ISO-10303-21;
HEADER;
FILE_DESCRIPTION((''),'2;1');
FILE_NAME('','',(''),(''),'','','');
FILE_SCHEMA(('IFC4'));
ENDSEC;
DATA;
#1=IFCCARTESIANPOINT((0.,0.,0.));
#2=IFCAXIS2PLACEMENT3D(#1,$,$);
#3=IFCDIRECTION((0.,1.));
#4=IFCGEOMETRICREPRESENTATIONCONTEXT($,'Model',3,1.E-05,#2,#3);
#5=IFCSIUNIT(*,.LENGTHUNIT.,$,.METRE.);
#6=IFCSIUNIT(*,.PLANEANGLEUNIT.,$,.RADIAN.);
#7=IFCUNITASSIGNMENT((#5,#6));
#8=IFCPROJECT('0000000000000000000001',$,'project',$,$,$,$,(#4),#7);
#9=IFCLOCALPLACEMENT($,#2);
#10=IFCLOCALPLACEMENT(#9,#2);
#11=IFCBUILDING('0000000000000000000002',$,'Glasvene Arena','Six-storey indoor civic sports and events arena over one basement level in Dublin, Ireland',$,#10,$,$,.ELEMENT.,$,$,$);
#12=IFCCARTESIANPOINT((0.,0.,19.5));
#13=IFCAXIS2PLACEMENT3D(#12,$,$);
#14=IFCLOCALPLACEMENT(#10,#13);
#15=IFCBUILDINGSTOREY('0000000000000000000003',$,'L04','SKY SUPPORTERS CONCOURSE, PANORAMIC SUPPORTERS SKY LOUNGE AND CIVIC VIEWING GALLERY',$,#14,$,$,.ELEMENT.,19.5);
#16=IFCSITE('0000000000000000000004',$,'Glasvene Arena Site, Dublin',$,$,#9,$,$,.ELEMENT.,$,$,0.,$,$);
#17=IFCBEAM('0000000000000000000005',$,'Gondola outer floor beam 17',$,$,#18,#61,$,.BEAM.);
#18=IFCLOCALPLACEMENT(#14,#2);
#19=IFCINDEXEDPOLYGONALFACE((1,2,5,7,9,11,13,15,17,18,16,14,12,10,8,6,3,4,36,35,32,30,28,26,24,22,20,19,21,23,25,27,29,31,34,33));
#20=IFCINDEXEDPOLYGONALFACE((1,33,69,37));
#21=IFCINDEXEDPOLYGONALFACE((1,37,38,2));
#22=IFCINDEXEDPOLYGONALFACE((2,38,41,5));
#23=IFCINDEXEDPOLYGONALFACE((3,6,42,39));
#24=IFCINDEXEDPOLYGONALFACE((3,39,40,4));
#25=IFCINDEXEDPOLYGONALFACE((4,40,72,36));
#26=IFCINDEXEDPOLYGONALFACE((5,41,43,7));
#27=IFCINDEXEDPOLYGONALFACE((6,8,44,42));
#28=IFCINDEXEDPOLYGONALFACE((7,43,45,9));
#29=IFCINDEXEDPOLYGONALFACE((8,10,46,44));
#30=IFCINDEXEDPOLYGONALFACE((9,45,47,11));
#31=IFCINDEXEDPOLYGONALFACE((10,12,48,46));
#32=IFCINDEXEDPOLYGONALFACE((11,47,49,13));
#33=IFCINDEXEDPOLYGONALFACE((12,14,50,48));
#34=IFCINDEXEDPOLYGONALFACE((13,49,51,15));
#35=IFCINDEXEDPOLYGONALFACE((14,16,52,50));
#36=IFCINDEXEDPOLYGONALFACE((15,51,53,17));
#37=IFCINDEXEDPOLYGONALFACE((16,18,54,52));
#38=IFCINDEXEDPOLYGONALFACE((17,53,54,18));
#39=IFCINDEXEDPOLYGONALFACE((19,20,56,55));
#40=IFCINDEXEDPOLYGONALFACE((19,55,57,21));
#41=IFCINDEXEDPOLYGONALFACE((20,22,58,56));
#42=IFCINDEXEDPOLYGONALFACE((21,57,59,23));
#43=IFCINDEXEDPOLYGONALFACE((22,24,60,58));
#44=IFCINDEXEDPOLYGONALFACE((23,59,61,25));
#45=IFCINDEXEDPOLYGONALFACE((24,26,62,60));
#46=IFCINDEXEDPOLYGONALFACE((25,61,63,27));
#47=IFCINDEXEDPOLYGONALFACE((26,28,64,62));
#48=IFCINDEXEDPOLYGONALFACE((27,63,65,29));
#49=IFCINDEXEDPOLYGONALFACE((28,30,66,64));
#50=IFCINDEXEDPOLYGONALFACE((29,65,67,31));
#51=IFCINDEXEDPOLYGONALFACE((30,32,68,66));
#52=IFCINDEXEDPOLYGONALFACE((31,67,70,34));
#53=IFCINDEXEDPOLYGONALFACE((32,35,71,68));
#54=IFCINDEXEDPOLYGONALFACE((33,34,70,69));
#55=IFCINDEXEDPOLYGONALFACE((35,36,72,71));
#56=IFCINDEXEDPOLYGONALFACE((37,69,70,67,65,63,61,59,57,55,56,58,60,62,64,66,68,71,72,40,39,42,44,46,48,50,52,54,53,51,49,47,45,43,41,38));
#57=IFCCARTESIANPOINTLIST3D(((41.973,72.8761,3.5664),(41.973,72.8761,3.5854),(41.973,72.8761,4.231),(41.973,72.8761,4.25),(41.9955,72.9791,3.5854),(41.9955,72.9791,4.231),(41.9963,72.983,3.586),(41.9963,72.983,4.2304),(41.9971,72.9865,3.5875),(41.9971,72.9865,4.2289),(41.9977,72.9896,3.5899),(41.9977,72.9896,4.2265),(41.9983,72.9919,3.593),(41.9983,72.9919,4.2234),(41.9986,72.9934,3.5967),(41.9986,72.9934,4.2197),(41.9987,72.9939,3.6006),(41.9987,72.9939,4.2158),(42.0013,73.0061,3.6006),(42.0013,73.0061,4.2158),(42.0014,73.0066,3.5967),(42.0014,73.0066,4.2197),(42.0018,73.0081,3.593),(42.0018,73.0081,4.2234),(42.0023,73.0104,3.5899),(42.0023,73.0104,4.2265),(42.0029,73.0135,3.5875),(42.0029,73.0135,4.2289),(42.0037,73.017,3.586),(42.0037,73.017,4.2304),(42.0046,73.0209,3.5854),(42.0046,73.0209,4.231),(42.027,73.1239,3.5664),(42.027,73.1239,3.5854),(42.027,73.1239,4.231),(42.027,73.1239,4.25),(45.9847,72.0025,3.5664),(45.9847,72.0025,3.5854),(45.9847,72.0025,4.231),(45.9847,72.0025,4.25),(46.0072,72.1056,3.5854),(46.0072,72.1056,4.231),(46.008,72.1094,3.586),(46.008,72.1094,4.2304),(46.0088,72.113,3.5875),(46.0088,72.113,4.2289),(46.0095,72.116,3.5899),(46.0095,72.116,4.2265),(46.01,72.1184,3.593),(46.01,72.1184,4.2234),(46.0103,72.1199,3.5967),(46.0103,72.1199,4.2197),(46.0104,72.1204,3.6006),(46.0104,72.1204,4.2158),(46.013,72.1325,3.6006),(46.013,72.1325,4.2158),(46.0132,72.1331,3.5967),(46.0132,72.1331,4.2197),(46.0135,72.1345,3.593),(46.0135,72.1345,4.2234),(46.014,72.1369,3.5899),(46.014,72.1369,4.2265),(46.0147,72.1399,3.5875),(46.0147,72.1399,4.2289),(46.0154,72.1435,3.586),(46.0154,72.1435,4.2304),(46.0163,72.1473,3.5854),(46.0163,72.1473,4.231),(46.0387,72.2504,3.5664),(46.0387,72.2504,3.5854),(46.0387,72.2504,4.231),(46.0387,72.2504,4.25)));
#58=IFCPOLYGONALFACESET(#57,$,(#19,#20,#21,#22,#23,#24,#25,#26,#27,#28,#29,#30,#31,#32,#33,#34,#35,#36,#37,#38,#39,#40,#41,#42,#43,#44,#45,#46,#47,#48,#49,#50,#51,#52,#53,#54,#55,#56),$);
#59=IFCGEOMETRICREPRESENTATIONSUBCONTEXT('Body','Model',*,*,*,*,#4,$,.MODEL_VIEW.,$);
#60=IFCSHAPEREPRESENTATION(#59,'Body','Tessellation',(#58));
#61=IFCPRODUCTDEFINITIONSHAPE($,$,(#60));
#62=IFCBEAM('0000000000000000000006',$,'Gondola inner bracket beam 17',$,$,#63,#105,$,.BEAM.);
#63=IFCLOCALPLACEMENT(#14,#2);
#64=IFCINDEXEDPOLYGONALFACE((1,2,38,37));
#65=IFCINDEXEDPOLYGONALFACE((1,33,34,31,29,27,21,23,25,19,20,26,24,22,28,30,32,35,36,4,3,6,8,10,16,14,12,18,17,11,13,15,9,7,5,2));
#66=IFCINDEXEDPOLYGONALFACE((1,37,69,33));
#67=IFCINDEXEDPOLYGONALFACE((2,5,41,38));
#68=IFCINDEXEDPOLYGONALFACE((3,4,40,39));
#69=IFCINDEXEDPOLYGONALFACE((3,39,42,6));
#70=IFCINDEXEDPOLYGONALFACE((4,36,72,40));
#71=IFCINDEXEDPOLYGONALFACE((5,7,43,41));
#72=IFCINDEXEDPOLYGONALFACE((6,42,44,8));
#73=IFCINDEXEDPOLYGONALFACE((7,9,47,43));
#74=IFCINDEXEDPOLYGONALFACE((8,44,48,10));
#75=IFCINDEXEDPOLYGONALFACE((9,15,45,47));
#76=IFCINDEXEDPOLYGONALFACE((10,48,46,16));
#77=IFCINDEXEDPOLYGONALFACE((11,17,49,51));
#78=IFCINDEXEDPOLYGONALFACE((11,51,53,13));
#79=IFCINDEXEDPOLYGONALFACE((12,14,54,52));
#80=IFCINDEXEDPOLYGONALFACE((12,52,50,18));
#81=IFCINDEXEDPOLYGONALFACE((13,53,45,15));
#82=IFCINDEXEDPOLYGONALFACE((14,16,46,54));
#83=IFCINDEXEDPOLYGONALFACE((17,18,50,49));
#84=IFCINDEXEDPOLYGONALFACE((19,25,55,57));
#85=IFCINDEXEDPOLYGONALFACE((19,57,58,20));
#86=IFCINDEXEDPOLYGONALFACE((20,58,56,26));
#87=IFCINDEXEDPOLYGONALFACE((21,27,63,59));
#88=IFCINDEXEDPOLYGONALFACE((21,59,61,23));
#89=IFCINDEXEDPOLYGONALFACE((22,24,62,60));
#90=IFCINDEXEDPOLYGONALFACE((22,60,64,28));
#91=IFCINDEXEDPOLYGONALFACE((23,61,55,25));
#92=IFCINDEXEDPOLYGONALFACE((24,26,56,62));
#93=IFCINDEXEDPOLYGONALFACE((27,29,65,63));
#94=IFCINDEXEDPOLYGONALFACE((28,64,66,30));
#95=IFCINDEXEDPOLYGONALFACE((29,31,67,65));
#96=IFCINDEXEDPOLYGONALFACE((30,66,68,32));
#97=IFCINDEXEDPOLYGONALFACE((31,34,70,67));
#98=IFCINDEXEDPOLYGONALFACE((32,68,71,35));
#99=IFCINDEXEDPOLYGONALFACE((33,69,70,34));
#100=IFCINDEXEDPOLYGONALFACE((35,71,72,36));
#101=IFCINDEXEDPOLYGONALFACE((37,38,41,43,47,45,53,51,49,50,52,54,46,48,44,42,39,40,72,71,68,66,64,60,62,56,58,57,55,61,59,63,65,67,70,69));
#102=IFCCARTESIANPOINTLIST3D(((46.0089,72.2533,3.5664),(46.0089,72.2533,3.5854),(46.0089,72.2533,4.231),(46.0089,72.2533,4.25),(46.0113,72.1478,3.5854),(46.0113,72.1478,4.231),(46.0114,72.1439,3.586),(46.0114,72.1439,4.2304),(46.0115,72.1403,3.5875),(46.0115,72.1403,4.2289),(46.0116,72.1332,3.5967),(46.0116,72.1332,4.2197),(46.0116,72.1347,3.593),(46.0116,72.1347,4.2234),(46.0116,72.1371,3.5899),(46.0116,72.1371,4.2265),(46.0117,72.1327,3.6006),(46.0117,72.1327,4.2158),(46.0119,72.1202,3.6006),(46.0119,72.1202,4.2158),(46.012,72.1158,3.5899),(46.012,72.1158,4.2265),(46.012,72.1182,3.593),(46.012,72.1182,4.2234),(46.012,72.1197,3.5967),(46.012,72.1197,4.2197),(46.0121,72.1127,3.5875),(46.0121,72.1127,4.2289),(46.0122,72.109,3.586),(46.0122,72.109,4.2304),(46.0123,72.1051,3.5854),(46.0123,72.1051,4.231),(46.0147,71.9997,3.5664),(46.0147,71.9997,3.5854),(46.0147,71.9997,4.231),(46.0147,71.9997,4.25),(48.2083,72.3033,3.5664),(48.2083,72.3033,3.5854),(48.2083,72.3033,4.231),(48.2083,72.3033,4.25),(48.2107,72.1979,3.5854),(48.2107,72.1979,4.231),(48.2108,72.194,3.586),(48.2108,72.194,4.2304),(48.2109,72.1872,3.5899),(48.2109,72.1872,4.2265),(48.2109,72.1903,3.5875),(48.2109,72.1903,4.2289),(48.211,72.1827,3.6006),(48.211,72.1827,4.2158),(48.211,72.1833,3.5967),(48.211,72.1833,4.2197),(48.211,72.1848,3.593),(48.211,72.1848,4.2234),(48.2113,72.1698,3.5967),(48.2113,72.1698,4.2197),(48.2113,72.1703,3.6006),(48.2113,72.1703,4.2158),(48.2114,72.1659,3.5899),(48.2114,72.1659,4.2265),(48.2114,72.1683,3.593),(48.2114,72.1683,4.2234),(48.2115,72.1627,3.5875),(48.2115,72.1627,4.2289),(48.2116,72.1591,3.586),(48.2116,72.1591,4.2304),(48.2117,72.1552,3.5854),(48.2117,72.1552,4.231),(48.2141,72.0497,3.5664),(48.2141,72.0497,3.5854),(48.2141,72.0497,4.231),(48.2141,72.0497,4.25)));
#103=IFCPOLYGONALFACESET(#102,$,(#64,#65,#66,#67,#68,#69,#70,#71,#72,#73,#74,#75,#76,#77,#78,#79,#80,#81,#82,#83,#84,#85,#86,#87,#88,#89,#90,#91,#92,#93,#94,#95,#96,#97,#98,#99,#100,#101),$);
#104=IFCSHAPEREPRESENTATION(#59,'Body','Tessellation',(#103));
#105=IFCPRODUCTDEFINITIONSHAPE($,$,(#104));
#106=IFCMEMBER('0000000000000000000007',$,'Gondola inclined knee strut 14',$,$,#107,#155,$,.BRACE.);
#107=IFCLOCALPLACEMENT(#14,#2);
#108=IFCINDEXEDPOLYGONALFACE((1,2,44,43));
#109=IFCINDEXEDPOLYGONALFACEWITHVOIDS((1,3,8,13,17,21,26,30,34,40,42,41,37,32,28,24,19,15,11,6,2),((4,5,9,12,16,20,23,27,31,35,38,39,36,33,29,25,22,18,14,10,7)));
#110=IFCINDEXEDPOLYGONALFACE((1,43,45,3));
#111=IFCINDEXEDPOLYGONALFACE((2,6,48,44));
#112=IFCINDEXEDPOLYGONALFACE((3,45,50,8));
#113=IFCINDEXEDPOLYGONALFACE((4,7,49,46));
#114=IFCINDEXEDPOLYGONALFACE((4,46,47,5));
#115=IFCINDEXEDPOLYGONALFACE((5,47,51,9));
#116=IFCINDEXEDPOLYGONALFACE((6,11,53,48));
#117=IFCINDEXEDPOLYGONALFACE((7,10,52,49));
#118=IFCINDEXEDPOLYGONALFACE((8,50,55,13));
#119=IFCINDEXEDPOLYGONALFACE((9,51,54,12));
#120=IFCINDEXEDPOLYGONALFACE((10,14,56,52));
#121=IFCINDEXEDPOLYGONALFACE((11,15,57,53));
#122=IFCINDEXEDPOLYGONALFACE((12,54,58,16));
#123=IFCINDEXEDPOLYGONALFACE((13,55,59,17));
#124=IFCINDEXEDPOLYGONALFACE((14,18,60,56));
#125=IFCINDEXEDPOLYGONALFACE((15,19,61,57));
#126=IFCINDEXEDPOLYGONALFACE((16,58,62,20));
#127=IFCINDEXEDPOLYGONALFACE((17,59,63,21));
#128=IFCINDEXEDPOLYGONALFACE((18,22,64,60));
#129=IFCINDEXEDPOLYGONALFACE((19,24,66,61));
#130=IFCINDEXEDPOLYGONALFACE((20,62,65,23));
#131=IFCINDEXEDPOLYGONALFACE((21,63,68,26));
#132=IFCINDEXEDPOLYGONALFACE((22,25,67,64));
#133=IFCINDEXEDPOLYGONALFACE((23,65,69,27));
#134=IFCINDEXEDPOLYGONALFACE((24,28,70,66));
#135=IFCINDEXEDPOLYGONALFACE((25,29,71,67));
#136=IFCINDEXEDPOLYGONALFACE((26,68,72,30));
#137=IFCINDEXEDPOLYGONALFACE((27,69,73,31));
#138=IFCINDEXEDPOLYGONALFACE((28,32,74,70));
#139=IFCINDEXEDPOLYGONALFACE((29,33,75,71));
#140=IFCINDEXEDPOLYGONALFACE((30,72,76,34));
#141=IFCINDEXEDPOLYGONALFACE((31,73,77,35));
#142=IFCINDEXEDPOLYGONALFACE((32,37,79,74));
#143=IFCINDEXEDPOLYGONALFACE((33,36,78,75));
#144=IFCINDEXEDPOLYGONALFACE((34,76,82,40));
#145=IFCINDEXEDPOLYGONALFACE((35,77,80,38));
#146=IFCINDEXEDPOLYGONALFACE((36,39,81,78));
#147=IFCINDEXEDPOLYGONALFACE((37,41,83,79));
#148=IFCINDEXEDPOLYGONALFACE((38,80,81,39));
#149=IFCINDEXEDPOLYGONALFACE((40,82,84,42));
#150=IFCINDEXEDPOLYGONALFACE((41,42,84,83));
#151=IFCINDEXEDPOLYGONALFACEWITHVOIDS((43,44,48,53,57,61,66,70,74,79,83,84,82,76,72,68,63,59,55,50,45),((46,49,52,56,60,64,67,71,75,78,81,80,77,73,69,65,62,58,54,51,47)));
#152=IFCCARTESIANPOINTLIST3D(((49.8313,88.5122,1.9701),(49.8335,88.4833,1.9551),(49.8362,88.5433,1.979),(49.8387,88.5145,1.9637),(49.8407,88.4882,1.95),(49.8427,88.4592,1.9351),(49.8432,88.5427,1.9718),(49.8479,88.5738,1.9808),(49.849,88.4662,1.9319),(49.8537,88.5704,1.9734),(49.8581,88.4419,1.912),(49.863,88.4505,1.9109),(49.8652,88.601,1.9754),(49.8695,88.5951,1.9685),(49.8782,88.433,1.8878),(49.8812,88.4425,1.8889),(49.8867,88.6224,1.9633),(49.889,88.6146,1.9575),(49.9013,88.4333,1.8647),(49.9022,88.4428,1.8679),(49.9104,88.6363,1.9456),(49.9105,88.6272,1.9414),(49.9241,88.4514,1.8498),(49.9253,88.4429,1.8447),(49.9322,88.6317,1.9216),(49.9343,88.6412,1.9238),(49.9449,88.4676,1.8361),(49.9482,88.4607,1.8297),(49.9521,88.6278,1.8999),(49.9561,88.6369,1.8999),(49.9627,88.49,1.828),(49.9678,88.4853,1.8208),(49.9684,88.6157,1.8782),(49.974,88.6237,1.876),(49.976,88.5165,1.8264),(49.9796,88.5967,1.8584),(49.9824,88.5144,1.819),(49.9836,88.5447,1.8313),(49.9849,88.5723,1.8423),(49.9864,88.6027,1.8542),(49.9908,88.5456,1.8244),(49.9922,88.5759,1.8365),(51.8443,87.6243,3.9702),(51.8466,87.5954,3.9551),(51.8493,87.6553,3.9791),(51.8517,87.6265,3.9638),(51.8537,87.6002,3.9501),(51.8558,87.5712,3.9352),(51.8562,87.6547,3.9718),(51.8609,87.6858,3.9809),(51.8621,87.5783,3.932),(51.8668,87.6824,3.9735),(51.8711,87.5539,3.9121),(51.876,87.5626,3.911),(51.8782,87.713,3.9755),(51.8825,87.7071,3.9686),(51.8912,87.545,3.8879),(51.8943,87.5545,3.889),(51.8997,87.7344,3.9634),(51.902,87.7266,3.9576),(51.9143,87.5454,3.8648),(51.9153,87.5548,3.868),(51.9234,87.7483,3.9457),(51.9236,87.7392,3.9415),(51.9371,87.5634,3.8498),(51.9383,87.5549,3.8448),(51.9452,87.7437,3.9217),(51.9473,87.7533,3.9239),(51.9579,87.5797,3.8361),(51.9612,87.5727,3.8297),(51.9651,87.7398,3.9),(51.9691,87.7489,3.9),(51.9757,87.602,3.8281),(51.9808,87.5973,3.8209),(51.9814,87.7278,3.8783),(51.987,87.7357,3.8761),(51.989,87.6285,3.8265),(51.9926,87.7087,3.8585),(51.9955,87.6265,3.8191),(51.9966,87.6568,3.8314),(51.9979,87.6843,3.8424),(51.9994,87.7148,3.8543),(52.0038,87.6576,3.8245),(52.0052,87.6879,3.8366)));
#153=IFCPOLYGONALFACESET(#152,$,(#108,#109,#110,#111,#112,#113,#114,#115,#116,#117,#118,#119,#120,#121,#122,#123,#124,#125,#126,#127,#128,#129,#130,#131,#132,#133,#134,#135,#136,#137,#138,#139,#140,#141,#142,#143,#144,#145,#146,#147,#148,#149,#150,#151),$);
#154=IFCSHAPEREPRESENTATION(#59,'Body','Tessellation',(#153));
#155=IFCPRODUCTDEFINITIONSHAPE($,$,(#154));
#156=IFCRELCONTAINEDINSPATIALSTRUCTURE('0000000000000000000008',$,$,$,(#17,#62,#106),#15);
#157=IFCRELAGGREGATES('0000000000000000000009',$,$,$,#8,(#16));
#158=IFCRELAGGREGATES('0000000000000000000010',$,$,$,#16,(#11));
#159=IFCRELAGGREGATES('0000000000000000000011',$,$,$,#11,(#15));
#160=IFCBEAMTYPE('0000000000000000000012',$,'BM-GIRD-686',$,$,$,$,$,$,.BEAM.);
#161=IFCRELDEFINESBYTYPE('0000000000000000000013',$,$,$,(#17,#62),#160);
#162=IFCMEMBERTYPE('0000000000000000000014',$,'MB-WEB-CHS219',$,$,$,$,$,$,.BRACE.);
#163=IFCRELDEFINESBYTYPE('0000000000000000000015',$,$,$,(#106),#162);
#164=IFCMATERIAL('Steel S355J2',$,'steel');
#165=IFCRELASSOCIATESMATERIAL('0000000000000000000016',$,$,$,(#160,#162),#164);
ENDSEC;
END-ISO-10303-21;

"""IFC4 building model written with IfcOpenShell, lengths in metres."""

from ifc_helpers import new_model, si_unit, direction, frame, origin, origin_2d, place, context, subcontext, project, spatial, hollow_circle, i_section, extrude, material, material_profile, profile_set, type_object, element, save


model = new_model("IFC4")

# Units and contexts
model_context = context("Model", 3, precision=1e-05, world=origin(), true_north=direction((0.0, 1.0)))
body_context = subcontext(model_context, "Body", "Model", "MODEL_VIEW")
ifc_project = project(units=[si_unit("LENGTHUNIT", "METRE"), si_unit("PLANEANGLEUNIT", "RADIAN")], contexts=[model_context])

# Site, building, storey
site_placement = place(None, origin())
site = spatial("IfcSite", under=ifc_project, at=site_placement, Name="Glasvene Arena Site, Dublin", CompositionType="ELEMENT", RefElevation=0.0)
building_placement = place(site_placement, origin())
building = spatial("IfcBuilding", under=site, at=building_placement, Name="Glasvene Arena", Description="Six-storey indoor civic sports and events arena over one basement level in Dublin, Ireland", CompositionType="ELEMENT")
storey_placement = place(building_placement, frame((0.0, 0.0, 19.5)))
storey = spatial("IfcBuildingStorey", under=building, at=storey_placement, Name="L04", Description="SKY SUPPORTERS CONCOURSE, PANORAMIC SUPPORTERS SKY LOUNGE AND CIVIC VIEWING GALLERY", CompositionType="ELEMENT", Elevation=19.5)

# Shared definitions
ifc_material_1 = material(Name="Steel S355J2", Category="steel")

# Beams
ifc_material_profile_1 = material_profile(ifc_material_1, i_section(OverallWidth=0.2537, OverallDepth=0.6836, WebThickness=0.0125, FlangeThickness=0.019, FilletRadius=0.0151, at=origin_2d()), Name="UKB 686x254x140")
ifc_profile_set_1 = profile_set([ifc_material_profile_1], Name="Steel S355J2")
beam_type_1 = type_object("IfcBeamType", Name="BM-GIRD-686", PredefinedType="BEAM", material=ifc_profile_set_1)
beam_1_placement = place(storey_placement, frame((46.0117, 72.1265, 3.9082), z_axis=(-0.977104, 0.21276, 0.0), x_axis=(-0.21276, -0.977104, 0.0)))
element("IfcBeam", 1, at=beam_1_placement, inside=storey, type_object=beam_type_1, Name="Gondola outer floor beam 17", PredefinedType="BEAM", context=body_context, shape_type="SweptSolid", body=[
    extrude(i_section(OverallWidth=0.2537, OverallDepth=0.6836, WebThickness=0.0125, FlangeThickness=0.019, FilletRadius=0.0151, at=origin_2d()), origin(), (0.0, 0.0, 1.0), 4.1057),
])
beam_2_placement = place(storey_placement, frame((48.2112, 72.1765, 3.9082), z_axis=(-0.999741, -0.022749, 0.0), x_axis=(0.022749, -0.999741, 0.0)))
element("IfcBeam", 2, at=beam_2_placement, inside=storey, type_object=beam_type_1, Name="Gondola inner bracket beam 17", PredefinedType="BEAM", context=body_context, shape_type="SweptSolid", body=[
    extrude(i_section(OverallWidth=0.2537, OverallDepth=0.6836, WebThickness=0.0125, FlangeThickness=0.019, FilletRadius=0.0151, at=origin_2d()), origin(), (0.0, 0.0, 1.0), 2.2),
])

# Member
ifc_material_profile_2 = material_profile(ifc_material_1, hollow_circle(Radius=0.1096, WallThickness=0.01, at=origin_2d()), Name="CHS 219.1x10.0")
ifc_profile_set_2 = profile_set([ifc_material_profile_2], Name="Steel S355J2")
member_type = type_object("IfcMemberType", Name="MB-WEB-CHS219", PredefinedType="BRACE", material=ifc_profile_set_2)
for number, where, z_axis, x_axis, name in (
    (3, (49.9119, 88.5366, 1.8999), (0.677011, -0.29864, 0.672659), (0.403594, 0.914938, 0.0), "Gondola inclined knee strut 14"),
):
    element("IfcMember", number, at=place(storey_placement, frame(where, z_axis=z_axis, x_axis=x_axis)), inside=storey, type_object=member_type, Name=name, PredefinedType="BRACE", context=body_context, shape_type="SweptSolid", body=[
        extrude(hollow_circle(Radius=0.1096, WallThickness=0.01, at=origin_2d()), origin(), (0.0, 0.0, 1.0), 2.9734),
    ])

save(model, "model.ifc")
